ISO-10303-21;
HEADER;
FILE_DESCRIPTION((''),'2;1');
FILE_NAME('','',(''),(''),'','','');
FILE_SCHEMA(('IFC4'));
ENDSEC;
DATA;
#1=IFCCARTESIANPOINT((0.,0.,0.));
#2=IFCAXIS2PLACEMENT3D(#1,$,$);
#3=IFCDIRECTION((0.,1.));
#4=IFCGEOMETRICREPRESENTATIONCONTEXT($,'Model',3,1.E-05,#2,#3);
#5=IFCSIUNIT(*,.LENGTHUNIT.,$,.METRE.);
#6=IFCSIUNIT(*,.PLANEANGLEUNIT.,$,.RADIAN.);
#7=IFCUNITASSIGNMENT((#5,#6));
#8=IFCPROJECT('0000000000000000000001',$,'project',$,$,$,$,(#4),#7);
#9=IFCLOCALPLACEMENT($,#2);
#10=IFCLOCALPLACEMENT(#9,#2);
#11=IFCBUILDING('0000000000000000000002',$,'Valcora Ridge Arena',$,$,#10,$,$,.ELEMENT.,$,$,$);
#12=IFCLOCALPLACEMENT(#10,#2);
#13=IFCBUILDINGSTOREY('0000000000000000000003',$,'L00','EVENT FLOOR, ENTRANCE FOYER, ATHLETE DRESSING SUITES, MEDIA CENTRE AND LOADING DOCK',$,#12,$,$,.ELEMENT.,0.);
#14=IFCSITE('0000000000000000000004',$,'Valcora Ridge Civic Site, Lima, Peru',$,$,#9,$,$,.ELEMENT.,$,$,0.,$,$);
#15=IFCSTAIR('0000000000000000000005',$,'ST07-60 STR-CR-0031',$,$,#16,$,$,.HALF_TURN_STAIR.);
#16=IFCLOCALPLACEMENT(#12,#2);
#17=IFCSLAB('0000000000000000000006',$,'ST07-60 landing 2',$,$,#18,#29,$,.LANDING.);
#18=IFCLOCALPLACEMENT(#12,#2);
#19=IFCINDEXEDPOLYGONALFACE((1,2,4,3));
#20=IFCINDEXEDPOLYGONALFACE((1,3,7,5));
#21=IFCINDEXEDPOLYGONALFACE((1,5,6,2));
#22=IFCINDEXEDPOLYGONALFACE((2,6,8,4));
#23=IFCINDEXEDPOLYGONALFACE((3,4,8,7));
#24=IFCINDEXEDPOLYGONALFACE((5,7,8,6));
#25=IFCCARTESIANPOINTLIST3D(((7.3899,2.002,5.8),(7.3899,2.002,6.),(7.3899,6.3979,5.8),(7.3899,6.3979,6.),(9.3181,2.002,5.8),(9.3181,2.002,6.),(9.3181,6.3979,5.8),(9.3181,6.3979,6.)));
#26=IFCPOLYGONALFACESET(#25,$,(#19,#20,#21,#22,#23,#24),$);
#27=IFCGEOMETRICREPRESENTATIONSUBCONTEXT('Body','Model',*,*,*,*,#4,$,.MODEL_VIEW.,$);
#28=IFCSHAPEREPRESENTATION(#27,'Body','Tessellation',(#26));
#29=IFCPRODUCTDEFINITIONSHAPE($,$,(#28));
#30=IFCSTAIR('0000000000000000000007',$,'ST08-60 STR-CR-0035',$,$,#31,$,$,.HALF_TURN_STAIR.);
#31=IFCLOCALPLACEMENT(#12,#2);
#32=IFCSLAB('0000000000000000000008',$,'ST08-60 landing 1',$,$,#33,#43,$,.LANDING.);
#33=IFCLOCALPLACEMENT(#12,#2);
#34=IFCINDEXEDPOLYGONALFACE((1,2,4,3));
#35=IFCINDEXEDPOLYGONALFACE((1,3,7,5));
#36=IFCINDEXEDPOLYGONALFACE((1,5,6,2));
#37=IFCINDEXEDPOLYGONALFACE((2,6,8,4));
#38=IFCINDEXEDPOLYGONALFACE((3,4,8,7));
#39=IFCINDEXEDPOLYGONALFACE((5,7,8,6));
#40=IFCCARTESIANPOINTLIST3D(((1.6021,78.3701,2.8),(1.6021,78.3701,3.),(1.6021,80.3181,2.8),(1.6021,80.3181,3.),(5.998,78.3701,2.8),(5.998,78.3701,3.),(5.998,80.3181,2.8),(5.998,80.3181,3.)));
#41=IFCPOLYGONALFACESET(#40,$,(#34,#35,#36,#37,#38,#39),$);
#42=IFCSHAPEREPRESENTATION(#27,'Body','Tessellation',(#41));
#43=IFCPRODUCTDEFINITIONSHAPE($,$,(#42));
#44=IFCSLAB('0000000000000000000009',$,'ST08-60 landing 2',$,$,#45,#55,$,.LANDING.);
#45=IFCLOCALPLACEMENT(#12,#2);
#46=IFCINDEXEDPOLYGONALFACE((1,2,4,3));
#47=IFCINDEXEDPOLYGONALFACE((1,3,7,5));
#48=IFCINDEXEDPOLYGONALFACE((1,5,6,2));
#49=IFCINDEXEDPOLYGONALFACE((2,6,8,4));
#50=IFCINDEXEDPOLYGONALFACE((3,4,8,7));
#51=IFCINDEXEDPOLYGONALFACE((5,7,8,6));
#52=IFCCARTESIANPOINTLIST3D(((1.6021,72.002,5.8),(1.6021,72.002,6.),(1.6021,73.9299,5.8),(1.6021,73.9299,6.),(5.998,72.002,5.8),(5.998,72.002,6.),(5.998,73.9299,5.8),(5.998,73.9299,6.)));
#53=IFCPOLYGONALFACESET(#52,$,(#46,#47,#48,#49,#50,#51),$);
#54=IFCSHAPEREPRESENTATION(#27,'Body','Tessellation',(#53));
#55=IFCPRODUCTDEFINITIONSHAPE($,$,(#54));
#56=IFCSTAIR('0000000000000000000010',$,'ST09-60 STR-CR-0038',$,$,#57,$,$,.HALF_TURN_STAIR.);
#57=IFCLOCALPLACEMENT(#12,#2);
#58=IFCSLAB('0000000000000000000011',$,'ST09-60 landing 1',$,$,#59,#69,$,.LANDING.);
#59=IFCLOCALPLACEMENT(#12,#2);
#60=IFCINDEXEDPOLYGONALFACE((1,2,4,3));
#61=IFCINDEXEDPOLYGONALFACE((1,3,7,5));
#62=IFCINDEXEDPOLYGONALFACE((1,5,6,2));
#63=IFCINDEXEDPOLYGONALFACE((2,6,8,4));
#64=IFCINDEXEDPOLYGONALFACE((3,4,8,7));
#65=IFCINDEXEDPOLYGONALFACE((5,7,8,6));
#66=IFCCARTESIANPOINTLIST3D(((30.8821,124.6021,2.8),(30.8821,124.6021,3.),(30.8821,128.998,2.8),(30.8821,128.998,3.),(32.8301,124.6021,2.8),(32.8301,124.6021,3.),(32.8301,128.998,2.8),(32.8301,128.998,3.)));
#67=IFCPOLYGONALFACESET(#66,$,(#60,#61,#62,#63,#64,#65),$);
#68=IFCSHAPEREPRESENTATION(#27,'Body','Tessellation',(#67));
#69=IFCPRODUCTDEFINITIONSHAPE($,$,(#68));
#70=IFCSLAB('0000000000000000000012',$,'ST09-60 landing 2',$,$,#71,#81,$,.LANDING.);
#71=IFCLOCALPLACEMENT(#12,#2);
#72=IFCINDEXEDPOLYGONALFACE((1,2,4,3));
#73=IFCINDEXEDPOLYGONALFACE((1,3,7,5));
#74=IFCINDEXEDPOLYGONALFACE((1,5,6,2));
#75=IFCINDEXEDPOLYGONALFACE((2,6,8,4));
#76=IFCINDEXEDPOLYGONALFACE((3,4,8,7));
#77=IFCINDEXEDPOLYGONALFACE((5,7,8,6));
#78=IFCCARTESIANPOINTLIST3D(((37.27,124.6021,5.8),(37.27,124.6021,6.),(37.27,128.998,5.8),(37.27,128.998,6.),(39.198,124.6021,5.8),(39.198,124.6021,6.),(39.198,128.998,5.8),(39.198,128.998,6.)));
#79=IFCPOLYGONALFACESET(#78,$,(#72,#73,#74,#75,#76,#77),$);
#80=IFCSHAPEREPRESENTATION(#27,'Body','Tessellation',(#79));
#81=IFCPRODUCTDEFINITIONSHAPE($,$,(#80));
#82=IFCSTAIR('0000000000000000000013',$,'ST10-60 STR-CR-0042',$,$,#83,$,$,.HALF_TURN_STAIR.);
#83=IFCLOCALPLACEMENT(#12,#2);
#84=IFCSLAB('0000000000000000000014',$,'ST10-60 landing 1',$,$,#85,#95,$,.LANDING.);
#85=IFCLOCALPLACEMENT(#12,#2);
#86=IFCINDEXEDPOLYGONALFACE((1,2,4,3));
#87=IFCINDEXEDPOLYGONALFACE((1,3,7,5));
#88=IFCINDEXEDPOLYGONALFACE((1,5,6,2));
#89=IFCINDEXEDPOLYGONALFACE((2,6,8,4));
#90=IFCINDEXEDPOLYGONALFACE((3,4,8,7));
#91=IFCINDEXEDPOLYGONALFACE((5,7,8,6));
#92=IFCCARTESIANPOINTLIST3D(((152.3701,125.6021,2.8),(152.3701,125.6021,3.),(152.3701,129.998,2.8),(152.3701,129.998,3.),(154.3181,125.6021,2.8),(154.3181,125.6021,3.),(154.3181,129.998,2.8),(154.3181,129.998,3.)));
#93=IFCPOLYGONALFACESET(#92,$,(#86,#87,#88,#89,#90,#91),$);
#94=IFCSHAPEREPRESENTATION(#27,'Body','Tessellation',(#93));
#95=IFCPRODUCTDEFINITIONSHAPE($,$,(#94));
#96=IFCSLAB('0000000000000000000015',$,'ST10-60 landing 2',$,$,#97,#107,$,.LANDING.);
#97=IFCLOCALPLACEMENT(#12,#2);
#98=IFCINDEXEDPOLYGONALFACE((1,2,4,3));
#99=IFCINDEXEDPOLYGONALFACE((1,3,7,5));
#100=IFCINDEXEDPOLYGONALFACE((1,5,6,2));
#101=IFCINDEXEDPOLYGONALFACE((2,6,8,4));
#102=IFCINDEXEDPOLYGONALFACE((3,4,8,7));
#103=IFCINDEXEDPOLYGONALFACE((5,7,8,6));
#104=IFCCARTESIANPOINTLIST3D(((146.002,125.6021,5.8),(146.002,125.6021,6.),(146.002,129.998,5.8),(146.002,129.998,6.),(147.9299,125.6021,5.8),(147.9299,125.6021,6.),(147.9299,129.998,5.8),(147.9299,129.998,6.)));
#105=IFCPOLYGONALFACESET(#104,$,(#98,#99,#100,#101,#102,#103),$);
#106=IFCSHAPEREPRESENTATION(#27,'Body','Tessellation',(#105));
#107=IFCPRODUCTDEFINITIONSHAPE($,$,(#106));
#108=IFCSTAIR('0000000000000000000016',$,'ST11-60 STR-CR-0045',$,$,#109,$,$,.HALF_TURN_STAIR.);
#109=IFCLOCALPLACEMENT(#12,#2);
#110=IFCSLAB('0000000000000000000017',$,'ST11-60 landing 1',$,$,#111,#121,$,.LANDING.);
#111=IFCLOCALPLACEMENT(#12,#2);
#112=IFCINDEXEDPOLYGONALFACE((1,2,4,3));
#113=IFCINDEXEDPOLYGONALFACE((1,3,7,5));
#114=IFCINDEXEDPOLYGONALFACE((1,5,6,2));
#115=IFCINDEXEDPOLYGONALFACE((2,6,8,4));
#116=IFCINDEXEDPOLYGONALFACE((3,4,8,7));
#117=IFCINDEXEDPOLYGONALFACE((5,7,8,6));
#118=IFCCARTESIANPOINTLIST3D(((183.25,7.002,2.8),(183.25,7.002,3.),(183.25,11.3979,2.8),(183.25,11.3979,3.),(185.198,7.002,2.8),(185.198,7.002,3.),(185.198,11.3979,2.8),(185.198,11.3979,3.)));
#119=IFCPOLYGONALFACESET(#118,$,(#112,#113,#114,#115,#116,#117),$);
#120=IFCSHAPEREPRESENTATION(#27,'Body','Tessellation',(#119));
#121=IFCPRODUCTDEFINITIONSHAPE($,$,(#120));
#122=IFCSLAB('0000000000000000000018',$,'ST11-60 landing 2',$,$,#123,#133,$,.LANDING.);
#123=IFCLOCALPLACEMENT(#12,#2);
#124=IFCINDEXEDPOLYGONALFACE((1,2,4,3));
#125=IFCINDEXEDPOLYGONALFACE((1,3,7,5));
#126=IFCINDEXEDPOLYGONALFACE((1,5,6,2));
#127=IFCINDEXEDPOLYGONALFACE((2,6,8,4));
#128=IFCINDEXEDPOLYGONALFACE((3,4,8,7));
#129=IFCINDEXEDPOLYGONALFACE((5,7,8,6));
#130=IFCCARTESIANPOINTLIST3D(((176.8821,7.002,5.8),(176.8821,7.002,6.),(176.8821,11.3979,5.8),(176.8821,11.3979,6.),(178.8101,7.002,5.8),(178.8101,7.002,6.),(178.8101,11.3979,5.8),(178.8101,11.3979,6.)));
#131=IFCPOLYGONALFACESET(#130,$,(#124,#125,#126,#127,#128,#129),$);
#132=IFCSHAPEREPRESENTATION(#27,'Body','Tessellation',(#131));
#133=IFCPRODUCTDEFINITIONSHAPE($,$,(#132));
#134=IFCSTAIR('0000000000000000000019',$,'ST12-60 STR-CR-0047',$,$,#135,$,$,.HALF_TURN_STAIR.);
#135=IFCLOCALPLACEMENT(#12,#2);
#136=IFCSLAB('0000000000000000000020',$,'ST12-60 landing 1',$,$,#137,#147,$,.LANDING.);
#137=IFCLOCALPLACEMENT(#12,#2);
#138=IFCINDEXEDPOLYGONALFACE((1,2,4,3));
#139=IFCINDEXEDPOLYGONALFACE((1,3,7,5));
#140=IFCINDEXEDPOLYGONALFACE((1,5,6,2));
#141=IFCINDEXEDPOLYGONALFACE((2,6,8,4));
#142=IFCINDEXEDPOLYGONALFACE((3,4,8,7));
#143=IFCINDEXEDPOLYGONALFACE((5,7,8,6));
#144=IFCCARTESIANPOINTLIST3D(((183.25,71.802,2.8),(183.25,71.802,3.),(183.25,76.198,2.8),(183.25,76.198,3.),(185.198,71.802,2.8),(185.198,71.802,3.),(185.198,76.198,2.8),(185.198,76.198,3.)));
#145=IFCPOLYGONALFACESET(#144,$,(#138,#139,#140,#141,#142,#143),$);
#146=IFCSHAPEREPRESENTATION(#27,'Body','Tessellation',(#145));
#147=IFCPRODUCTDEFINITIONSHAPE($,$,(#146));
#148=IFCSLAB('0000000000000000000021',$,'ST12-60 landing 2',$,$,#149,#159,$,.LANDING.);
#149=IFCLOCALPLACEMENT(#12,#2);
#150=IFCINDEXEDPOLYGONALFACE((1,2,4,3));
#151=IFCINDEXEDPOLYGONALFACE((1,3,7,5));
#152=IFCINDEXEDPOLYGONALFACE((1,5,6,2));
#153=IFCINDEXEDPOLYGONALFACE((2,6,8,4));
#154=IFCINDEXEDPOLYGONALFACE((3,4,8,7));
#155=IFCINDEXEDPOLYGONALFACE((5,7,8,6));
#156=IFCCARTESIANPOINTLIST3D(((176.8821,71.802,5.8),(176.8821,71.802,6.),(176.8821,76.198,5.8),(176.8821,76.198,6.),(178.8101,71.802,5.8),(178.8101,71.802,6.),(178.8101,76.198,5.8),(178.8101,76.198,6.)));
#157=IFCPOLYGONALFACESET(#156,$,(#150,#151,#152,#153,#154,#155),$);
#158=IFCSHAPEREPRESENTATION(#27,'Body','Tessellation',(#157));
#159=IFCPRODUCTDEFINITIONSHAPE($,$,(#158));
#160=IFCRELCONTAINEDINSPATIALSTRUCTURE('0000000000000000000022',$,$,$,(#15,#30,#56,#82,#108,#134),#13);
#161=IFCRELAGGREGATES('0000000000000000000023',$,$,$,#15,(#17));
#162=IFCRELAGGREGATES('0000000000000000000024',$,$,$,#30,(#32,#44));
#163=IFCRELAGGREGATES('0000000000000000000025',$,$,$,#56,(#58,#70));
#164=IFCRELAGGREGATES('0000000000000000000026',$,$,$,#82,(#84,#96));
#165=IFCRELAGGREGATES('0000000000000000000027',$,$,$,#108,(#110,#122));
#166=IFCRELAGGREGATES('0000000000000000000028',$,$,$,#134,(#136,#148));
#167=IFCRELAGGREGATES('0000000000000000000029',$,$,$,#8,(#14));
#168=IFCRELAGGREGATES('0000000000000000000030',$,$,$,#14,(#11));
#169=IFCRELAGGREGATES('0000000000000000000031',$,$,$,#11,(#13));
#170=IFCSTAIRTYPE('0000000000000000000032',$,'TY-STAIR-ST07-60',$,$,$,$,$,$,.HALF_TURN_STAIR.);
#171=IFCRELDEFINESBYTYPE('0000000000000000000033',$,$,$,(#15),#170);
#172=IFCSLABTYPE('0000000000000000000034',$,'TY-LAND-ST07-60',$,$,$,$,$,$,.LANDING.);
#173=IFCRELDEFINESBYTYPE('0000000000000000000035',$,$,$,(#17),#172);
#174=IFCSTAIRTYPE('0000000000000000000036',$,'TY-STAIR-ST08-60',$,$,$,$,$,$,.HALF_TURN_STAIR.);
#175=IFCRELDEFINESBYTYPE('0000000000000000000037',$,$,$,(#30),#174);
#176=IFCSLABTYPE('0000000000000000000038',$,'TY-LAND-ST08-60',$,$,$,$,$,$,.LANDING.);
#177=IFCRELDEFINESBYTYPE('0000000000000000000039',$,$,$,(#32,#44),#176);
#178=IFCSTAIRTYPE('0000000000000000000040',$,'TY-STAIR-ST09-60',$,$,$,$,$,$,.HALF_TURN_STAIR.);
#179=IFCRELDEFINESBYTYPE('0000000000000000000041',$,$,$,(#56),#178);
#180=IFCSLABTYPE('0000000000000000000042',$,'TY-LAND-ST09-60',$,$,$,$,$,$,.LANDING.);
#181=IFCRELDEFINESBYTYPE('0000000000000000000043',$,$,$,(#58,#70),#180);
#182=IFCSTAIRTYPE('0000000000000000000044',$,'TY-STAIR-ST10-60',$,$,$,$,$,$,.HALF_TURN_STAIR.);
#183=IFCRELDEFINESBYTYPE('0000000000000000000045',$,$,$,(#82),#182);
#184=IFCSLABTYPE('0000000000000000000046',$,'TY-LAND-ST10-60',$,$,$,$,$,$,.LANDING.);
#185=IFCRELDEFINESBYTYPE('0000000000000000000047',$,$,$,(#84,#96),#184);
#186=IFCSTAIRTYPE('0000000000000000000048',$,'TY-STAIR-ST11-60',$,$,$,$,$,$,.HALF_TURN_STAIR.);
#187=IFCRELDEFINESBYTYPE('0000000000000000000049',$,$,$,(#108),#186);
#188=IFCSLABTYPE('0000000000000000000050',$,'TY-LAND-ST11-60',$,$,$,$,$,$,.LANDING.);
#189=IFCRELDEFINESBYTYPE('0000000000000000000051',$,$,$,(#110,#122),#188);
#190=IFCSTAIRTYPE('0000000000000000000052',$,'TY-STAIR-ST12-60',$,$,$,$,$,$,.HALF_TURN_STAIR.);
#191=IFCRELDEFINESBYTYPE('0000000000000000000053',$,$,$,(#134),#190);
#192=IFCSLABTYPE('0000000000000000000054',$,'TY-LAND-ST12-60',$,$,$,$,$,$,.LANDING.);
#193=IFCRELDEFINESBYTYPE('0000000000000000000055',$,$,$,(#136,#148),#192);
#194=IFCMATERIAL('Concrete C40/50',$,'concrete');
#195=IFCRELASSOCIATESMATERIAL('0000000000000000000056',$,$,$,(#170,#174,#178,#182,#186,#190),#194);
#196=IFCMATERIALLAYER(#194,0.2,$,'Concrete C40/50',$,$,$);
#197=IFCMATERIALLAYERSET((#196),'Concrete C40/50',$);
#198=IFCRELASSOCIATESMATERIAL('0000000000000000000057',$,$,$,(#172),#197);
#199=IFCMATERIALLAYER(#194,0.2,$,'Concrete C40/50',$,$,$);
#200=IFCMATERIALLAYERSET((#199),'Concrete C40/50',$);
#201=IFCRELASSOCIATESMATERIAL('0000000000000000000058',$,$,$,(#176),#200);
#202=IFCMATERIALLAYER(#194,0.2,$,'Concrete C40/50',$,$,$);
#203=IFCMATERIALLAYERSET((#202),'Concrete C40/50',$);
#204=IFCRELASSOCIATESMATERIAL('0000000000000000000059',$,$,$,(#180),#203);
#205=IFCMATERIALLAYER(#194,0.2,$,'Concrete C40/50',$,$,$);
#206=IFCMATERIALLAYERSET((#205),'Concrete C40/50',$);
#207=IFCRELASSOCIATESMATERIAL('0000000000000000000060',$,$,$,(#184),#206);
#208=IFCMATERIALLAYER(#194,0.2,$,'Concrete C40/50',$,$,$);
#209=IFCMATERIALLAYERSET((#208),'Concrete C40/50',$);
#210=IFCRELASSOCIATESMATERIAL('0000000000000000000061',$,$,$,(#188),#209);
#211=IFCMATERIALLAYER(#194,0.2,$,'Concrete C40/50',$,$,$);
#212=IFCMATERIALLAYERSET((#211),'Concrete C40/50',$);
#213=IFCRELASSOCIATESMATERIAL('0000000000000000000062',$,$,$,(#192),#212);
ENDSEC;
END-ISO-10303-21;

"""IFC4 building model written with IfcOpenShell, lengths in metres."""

from ifc_helpers import new_model, si_unit, direction, frame, origin, place, context, subcontext, project, spatial, polyline, outline, extrude, material, layer, layer_set, type_object, element, aggregate, save


model = new_model("IFC4")

# Units and contexts
model_context = context("Model", 3, precision=1e-05, world=origin(), true_north=direction((0.0, 1.0)))
body_context = subcontext(model_context, "Body", "Model", "MODEL_VIEW")
ifc_project = project(units=[si_unit("LENGTHUNIT", "METRE"), si_unit("PLANEANGLEUNIT", "RADIAN")], contexts=[model_context])

# Site, building, storey
site_placement = place(None, origin())
site = spatial("IfcSite", under=ifc_project, at=site_placement, Name="Valcora Ridge Civic Site, Lima, Peru", CompositionType="ELEMENT", RefElevation=0.0)
building_placement = place(site_placement, origin())
building = spatial("IfcBuilding", under=site, at=building_placement, Name="Valcora Ridge Arena", CompositionType="ELEMENT")
storey_placement = place(building_placement, origin())
storey = spatial("IfcBuildingStorey", under=building, at=storey_placement, Name="L00", Description="EVENT FLOOR, ENTRANCE FOYER, ATHLETE DRESSING SUITES, MEDIA CENTRE AND LOADING DOCK", CompositionType="ELEMENT", Elevation=0.0)

# Shared definitions
ifc_material = material(Name="Concrete C40/50", Category="concrete")

# Stairs, slabs
stair_type_1 = type_object("IfcStairType", Name="TY-STAIR-ST07-60", PredefinedType="HALF_TURN_STAIR", material=ifc_material)
stair_1_placement = place(storey_placement, origin())
stair_1 = element("IfcStair", 1, at=stair_1_placement, inside=storey, type_object=stair_type_1, Name="ST07-60 STR-CR-0031", PredefinedType="HALF_TURN_STAIR")
ifc_layer_1 = layer(ifc_material, 0.2, Name="Concrete C40/50")
ifc_layer_set_1 = layer_set([ifc_layer_1], Name="Concrete C40/50")
slab_type_1 = type_object("IfcSlabType", Name="TY-LAND-ST07-60", PredefinedType="LANDING", material=ifc_layer_set_1)
slab_1_placement = place(storey_placement, frame((0.0, 0.0, 5.8)))
slab_1 = element("IfcSlab", 2, at=slab_1_placement, type_object=slab_type_1, Name="ST07-60 landing 2", PredefinedType="LANDING", context=body_context, shape_type="SweptSolid", body=[
    extrude(outline(polyline([(7.3899, 2.002), (9.3181, 2.002), (9.3181, 6.3979), (7.3899, 6.3979), (7.3899, 2.002)])), origin(), (0.0, 0.0, 1.0), 0.2),
])
aggregate(stair_1, [slab_1])
stair_type_2 = type_object("IfcStairType", Name="TY-STAIR-ST08-60", PredefinedType="HALF_TURN_STAIR", material=ifc_material)
stair_2_placement = place(storey_placement, origin())
stair_2 = element("IfcStair", 3, at=stair_2_placement, inside=storey, type_object=stair_type_2, Name="ST08-60 STR-CR-0035", PredefinedType="HALF_TURN_STAIR")
ifc_layer_2 = layer(ifc_material, 0.2, Name="Concrete C40/50")
ifc_layer_set_2 = layer_set([ifc_layer_2], Name="Concrete C40/50")
slab_type_2 = type_object("IfcSlabType", Name="TY-LAND-ST08-60", PredefinedType="LANDING", material=ifc_layer_set_2)
slab_2_placement = place(storey_placement, frame((0.0, 0.0, 2.8)))
slab_2 = element("IfcSlab", 4, at=slab_2_placement, type_object=slab_type_2, Name="ST08-60 landing 1", PredefinedType="LANDING", context=body_context, shape_type="SweptSolid", body=[
    extrude(outline(polyline([(1.6021, 78.3701), (5.998, 78.3701), (5.998, 80.3181), (1.6021, 80.3181), (1.6021, 78.3701)])), origin(), (0.0, 0.0, 1.0), 0.2),
])
slab_3_placement = place(storey_placement, frame((0.0, 0.0, 5.8)))
slab_3 = element("IfcSlab", 5, at=slab_3_placement, type_object=slab_type_2, Name="ST08-60 landing 2", PredefinedType="LANDING", context=body_context, shape_type="SweptSolid", body=[
    extrude(outline(polyline([(1.6021, 72.002), (5.998, 72.002), (5.998, 73.9299), (1.6021, 73.9299), (1.6021, 72.002)])), origin(), (0.0, 0.0, 1.0), 0.2),
])
aggregate(stair_2, [slab_2, slab_3])
stair_type_3 = type_object("IfcStairType", Name="TY-STAIR-ST09-60", PredefinedType="HALF_TURN_STAIR", material=ifc_material)
stair_3_placement = place(storey_placement, origin())
stair_3 = element("IfcStair", 6, at=stair_3_placement, inside=storey, type_object=stair_type_3, Name="ST09-60 STR-CR-0038", PredefinedType="HALF_TURN_STAIR")
ifc_layer_3 = layer(ifc_material, 0.2, Name="Concrete C40/50")
ifc_layer_set_3 = layer_set([ifc_layer_3], Name="Concrete C40/50")
slab_type_3 = type_object("IfcSlabType", Name="TY-LAND-ST09-60", PredefinedType="LANDING", material=ifc_layer_set_3)
slab_4_placement = place(storey_placement, frame((0.0, 0.0, 2.8)))
slab_4 = element("IfcSlab", 7, at=slab_4_placement, type_object=slab_type_3, Name="ST09-60 landing 1", PredefinedType="LANDING", context=body_context, shape_type="SweptSolid", body=[
    extrude(outline(polyline([(30.8821, 124.6021), (32.8301, 124.6021), (32.8301, 128.998), (30.8821, 128.998), (30.8821, 124.6021)])), origin(), (0.0, 0.0, 1.0), 0.2),
])
slab_5_placement = place(storey_placement, frame((0.0, 0.0, 5.8)))
slab_5 = element("IfcSlab", 8, at=slab_5_placement, type_object=slab_type_3, Name="ST09-60 landing 2", PredefinedType="LANDING", context=body_context, shape_type="SweptSolid", body=[
    extrude(outline(polyline([(37.27, 124.6021), (39.198, 124.6021), (39.198, 128.998), (37.27, 128.998), (37.27, 124.6021)])), origin(), (0.0, 0.0, 1.0), 0.2),
])
aggregate(stair_3, [slab_4, slab_5])
stair_type_4 = type_object("IfcStairType", Name="TY-STAIR-ST10-60", PredefinedType="HALF_TURN_STAIR", material=ifc_material)
stair_4_placement = place(storey_placement, origin())
stair_4 = element("IfcStair", 9, at=stair_4_placement, inside=storey, type_object=stair_type_4, Name="ST10-60 STR-CR-0042", PredefinedType="HALF_TURN_STAIR")
ifc_layer_4 = layer(ifc_material, 0.2, Name="Concrete C40/50")
ifc_layer_set_4 = layer_set([ifc_layer_4], Name="Concrete C40/50")
slab_type_4 = type_object("IfcSlabType", Name="TY-LAND-ST10-60", PredefinedType="LANDING", material=ifc_layer_set_4)
slab_6_placement = place(storey_placement, frame((0.0, 0.0, 2.8)))
slab_6 = element("IfcSlab", 10, at=slab_6_placement, type_object=slab_type_4, Name="ST10-60 landing 1", PredefinedType="LANDING", context=body_context, shape_type="SweptSolid", body=[
    extrude(outline(polyline([(152.3701, 125.6021), (154.3181, 125.6021), (154.3181, 129.998), (152.3701, 129.998), (152.3701, 125.6021)])), origin(), (0.0, 0.0, 1.0), 0.2),
])
slab_7_placement = place(storey_placement, frame((0.0, 0.0, 5.8)))
slab_7 = element("IfcSlab", 11, at=slab_7_placement, type_object=slab_type_4, Name="ST10-60 landing 2", PredefinedType="LANDING", context=body_context, shape_type="SweptSolid", body=[
    extrude(outline(polyline([(146.002, 125.6021), (147.9299, 125.6021), (147.9299, 129.998), (146.002, 129.998), (146.002, 125.6021)])), origin(), (0.0, 0.0, 1.0), 0.2),
])
aggregate(stair_4, [slab_6, slab_7])
stair_type_5 = type_object("IfcStairType", Name="TY-STAIR-ST11-60", PredefinedType="HALF_TURN_STAIR", material=ifc_material)
stair_5_placement = place(storey_placement, origin())
stair_5 = element("IfcStair", 12, at=stair_5_placement, inside=storey, type_object=stair_type_5, Name="ST11-60 STR-CR-0045", PredefinedType="HALF_TURN_STAIR")
ifc_layer_5 = layer(ifc_material, 0.2, Name="Concrete C40/50")
ifc_layer_set_5 = layer_set([ifc_layer_5], Name="Concrete C40/50")
slab_type_5 = type_object("IfcSlabType", Name="TY-LAND-ST11-60", PredefinedType="LANDING", material=ifc_layer_set_5)
slab_8_placement = place(storey_placement, frame((0.0, 0.0, 2.8)))
slab_8 = element("IfcSlab", 13, at=slab_8_placement, type_object=slab_type_5, Name="ST11-60 landing 1", PredefinedType="LANDING", context=body_context, shape_type="SweptSolid", body=[
    extrude(outline(polyline([(183.25, 7.002), (185.198, 7.002), (185.198, 11.3979), (183.25, 11.3979), (183.25, 7.002)])), origin(), (0.0, 0.0, 1.0), 0.2),
])
slab_9_placement = place(storey_placement, frame((0.0, 0.0, 5.8)))
slab_9 = element("IfcSlab", 14, at=slab_9_placement, type_object=slab_type_5, Name="ST11-60 landing 2", PredefinedType="LANDING", context=body_context, shape_type="SweptSolid", body=[
    extrude(outline(polyline([(176.8821, 7.002), (178.8101, 7.002), (178.8101, 11.3979), (176.8821, 11.3979), (176.8821, 7.002)])), origin(), (0.0, 0.0, 1.0), 0.2),
])
aggregate(stair_5, [slab_8, slab_9])
stair_type_6 = type_object("IfcStairType", Name="TY-STAIR-ST12-60", PredefinedType="HALF_TURN_STAIR", material=ifc_material)
stair_6_placement = place(storey_placement, origin())
stair_6 = element("IfcStair", 15, at=stair_6_placement, inside=storey, type_object=stair_type_6, Name="ST12-60 STR-CR-0047", PredefinedType="HALF_TURN_STAIR")
ifc_layer_6 = layer(ifc_material, 0.2, Name="Concrete C40/50")
ifc_layer_set_6 = layer_set([ifc_layer_6], Name="Concrete C40/50")
slab_type_6 = type_object("IfcSlabType", Name="TY-LAND-ST12-60", PredefinedType="LANDING", material=ifc_layer_set_6)
slab_10_placement = place(storey_placement, frame((0.0, 0.0, 2.8)))
slab_10 = element("IfcSlab", 16, at=slab_10_placement, type_object=slab_type_6, Name="ST12-60 landing 1", PredefinedType="LANDING", context=body_context, shape_type="SweptSolid", body=[
    extrude(outline(polyline([(183.25, 71.802), (185.198, 71.802), (185.198, 76.198), (183.25, 76.198), (183.25, 71.802)])), origin(), (0.0, 0.0, 1.0), 0.2),
])
slab_11_placement = place(storey_placement, frame((0.0, 0.0, 5.8)))
slab_11 = element("IfcSlab", 17, at=slab_11_placement, type_object=slab_type_6, Name="ST12-60 landing 2", PredefinedType="LANDING", context=body_context, shape_type="SweptSolid", body=[
    extrude(outline(polyline([(176.8821, 71.802), (178.8101, 71.802), (178.8101, 76.198), (176.8821, 76.198), (176.8821, 71.802)])), origin(), (0.0, 0.0, 1.0), 0.2),
])
aggregate(stair_6, [slab_10, slab_11])

save(model, "model.ifc")
